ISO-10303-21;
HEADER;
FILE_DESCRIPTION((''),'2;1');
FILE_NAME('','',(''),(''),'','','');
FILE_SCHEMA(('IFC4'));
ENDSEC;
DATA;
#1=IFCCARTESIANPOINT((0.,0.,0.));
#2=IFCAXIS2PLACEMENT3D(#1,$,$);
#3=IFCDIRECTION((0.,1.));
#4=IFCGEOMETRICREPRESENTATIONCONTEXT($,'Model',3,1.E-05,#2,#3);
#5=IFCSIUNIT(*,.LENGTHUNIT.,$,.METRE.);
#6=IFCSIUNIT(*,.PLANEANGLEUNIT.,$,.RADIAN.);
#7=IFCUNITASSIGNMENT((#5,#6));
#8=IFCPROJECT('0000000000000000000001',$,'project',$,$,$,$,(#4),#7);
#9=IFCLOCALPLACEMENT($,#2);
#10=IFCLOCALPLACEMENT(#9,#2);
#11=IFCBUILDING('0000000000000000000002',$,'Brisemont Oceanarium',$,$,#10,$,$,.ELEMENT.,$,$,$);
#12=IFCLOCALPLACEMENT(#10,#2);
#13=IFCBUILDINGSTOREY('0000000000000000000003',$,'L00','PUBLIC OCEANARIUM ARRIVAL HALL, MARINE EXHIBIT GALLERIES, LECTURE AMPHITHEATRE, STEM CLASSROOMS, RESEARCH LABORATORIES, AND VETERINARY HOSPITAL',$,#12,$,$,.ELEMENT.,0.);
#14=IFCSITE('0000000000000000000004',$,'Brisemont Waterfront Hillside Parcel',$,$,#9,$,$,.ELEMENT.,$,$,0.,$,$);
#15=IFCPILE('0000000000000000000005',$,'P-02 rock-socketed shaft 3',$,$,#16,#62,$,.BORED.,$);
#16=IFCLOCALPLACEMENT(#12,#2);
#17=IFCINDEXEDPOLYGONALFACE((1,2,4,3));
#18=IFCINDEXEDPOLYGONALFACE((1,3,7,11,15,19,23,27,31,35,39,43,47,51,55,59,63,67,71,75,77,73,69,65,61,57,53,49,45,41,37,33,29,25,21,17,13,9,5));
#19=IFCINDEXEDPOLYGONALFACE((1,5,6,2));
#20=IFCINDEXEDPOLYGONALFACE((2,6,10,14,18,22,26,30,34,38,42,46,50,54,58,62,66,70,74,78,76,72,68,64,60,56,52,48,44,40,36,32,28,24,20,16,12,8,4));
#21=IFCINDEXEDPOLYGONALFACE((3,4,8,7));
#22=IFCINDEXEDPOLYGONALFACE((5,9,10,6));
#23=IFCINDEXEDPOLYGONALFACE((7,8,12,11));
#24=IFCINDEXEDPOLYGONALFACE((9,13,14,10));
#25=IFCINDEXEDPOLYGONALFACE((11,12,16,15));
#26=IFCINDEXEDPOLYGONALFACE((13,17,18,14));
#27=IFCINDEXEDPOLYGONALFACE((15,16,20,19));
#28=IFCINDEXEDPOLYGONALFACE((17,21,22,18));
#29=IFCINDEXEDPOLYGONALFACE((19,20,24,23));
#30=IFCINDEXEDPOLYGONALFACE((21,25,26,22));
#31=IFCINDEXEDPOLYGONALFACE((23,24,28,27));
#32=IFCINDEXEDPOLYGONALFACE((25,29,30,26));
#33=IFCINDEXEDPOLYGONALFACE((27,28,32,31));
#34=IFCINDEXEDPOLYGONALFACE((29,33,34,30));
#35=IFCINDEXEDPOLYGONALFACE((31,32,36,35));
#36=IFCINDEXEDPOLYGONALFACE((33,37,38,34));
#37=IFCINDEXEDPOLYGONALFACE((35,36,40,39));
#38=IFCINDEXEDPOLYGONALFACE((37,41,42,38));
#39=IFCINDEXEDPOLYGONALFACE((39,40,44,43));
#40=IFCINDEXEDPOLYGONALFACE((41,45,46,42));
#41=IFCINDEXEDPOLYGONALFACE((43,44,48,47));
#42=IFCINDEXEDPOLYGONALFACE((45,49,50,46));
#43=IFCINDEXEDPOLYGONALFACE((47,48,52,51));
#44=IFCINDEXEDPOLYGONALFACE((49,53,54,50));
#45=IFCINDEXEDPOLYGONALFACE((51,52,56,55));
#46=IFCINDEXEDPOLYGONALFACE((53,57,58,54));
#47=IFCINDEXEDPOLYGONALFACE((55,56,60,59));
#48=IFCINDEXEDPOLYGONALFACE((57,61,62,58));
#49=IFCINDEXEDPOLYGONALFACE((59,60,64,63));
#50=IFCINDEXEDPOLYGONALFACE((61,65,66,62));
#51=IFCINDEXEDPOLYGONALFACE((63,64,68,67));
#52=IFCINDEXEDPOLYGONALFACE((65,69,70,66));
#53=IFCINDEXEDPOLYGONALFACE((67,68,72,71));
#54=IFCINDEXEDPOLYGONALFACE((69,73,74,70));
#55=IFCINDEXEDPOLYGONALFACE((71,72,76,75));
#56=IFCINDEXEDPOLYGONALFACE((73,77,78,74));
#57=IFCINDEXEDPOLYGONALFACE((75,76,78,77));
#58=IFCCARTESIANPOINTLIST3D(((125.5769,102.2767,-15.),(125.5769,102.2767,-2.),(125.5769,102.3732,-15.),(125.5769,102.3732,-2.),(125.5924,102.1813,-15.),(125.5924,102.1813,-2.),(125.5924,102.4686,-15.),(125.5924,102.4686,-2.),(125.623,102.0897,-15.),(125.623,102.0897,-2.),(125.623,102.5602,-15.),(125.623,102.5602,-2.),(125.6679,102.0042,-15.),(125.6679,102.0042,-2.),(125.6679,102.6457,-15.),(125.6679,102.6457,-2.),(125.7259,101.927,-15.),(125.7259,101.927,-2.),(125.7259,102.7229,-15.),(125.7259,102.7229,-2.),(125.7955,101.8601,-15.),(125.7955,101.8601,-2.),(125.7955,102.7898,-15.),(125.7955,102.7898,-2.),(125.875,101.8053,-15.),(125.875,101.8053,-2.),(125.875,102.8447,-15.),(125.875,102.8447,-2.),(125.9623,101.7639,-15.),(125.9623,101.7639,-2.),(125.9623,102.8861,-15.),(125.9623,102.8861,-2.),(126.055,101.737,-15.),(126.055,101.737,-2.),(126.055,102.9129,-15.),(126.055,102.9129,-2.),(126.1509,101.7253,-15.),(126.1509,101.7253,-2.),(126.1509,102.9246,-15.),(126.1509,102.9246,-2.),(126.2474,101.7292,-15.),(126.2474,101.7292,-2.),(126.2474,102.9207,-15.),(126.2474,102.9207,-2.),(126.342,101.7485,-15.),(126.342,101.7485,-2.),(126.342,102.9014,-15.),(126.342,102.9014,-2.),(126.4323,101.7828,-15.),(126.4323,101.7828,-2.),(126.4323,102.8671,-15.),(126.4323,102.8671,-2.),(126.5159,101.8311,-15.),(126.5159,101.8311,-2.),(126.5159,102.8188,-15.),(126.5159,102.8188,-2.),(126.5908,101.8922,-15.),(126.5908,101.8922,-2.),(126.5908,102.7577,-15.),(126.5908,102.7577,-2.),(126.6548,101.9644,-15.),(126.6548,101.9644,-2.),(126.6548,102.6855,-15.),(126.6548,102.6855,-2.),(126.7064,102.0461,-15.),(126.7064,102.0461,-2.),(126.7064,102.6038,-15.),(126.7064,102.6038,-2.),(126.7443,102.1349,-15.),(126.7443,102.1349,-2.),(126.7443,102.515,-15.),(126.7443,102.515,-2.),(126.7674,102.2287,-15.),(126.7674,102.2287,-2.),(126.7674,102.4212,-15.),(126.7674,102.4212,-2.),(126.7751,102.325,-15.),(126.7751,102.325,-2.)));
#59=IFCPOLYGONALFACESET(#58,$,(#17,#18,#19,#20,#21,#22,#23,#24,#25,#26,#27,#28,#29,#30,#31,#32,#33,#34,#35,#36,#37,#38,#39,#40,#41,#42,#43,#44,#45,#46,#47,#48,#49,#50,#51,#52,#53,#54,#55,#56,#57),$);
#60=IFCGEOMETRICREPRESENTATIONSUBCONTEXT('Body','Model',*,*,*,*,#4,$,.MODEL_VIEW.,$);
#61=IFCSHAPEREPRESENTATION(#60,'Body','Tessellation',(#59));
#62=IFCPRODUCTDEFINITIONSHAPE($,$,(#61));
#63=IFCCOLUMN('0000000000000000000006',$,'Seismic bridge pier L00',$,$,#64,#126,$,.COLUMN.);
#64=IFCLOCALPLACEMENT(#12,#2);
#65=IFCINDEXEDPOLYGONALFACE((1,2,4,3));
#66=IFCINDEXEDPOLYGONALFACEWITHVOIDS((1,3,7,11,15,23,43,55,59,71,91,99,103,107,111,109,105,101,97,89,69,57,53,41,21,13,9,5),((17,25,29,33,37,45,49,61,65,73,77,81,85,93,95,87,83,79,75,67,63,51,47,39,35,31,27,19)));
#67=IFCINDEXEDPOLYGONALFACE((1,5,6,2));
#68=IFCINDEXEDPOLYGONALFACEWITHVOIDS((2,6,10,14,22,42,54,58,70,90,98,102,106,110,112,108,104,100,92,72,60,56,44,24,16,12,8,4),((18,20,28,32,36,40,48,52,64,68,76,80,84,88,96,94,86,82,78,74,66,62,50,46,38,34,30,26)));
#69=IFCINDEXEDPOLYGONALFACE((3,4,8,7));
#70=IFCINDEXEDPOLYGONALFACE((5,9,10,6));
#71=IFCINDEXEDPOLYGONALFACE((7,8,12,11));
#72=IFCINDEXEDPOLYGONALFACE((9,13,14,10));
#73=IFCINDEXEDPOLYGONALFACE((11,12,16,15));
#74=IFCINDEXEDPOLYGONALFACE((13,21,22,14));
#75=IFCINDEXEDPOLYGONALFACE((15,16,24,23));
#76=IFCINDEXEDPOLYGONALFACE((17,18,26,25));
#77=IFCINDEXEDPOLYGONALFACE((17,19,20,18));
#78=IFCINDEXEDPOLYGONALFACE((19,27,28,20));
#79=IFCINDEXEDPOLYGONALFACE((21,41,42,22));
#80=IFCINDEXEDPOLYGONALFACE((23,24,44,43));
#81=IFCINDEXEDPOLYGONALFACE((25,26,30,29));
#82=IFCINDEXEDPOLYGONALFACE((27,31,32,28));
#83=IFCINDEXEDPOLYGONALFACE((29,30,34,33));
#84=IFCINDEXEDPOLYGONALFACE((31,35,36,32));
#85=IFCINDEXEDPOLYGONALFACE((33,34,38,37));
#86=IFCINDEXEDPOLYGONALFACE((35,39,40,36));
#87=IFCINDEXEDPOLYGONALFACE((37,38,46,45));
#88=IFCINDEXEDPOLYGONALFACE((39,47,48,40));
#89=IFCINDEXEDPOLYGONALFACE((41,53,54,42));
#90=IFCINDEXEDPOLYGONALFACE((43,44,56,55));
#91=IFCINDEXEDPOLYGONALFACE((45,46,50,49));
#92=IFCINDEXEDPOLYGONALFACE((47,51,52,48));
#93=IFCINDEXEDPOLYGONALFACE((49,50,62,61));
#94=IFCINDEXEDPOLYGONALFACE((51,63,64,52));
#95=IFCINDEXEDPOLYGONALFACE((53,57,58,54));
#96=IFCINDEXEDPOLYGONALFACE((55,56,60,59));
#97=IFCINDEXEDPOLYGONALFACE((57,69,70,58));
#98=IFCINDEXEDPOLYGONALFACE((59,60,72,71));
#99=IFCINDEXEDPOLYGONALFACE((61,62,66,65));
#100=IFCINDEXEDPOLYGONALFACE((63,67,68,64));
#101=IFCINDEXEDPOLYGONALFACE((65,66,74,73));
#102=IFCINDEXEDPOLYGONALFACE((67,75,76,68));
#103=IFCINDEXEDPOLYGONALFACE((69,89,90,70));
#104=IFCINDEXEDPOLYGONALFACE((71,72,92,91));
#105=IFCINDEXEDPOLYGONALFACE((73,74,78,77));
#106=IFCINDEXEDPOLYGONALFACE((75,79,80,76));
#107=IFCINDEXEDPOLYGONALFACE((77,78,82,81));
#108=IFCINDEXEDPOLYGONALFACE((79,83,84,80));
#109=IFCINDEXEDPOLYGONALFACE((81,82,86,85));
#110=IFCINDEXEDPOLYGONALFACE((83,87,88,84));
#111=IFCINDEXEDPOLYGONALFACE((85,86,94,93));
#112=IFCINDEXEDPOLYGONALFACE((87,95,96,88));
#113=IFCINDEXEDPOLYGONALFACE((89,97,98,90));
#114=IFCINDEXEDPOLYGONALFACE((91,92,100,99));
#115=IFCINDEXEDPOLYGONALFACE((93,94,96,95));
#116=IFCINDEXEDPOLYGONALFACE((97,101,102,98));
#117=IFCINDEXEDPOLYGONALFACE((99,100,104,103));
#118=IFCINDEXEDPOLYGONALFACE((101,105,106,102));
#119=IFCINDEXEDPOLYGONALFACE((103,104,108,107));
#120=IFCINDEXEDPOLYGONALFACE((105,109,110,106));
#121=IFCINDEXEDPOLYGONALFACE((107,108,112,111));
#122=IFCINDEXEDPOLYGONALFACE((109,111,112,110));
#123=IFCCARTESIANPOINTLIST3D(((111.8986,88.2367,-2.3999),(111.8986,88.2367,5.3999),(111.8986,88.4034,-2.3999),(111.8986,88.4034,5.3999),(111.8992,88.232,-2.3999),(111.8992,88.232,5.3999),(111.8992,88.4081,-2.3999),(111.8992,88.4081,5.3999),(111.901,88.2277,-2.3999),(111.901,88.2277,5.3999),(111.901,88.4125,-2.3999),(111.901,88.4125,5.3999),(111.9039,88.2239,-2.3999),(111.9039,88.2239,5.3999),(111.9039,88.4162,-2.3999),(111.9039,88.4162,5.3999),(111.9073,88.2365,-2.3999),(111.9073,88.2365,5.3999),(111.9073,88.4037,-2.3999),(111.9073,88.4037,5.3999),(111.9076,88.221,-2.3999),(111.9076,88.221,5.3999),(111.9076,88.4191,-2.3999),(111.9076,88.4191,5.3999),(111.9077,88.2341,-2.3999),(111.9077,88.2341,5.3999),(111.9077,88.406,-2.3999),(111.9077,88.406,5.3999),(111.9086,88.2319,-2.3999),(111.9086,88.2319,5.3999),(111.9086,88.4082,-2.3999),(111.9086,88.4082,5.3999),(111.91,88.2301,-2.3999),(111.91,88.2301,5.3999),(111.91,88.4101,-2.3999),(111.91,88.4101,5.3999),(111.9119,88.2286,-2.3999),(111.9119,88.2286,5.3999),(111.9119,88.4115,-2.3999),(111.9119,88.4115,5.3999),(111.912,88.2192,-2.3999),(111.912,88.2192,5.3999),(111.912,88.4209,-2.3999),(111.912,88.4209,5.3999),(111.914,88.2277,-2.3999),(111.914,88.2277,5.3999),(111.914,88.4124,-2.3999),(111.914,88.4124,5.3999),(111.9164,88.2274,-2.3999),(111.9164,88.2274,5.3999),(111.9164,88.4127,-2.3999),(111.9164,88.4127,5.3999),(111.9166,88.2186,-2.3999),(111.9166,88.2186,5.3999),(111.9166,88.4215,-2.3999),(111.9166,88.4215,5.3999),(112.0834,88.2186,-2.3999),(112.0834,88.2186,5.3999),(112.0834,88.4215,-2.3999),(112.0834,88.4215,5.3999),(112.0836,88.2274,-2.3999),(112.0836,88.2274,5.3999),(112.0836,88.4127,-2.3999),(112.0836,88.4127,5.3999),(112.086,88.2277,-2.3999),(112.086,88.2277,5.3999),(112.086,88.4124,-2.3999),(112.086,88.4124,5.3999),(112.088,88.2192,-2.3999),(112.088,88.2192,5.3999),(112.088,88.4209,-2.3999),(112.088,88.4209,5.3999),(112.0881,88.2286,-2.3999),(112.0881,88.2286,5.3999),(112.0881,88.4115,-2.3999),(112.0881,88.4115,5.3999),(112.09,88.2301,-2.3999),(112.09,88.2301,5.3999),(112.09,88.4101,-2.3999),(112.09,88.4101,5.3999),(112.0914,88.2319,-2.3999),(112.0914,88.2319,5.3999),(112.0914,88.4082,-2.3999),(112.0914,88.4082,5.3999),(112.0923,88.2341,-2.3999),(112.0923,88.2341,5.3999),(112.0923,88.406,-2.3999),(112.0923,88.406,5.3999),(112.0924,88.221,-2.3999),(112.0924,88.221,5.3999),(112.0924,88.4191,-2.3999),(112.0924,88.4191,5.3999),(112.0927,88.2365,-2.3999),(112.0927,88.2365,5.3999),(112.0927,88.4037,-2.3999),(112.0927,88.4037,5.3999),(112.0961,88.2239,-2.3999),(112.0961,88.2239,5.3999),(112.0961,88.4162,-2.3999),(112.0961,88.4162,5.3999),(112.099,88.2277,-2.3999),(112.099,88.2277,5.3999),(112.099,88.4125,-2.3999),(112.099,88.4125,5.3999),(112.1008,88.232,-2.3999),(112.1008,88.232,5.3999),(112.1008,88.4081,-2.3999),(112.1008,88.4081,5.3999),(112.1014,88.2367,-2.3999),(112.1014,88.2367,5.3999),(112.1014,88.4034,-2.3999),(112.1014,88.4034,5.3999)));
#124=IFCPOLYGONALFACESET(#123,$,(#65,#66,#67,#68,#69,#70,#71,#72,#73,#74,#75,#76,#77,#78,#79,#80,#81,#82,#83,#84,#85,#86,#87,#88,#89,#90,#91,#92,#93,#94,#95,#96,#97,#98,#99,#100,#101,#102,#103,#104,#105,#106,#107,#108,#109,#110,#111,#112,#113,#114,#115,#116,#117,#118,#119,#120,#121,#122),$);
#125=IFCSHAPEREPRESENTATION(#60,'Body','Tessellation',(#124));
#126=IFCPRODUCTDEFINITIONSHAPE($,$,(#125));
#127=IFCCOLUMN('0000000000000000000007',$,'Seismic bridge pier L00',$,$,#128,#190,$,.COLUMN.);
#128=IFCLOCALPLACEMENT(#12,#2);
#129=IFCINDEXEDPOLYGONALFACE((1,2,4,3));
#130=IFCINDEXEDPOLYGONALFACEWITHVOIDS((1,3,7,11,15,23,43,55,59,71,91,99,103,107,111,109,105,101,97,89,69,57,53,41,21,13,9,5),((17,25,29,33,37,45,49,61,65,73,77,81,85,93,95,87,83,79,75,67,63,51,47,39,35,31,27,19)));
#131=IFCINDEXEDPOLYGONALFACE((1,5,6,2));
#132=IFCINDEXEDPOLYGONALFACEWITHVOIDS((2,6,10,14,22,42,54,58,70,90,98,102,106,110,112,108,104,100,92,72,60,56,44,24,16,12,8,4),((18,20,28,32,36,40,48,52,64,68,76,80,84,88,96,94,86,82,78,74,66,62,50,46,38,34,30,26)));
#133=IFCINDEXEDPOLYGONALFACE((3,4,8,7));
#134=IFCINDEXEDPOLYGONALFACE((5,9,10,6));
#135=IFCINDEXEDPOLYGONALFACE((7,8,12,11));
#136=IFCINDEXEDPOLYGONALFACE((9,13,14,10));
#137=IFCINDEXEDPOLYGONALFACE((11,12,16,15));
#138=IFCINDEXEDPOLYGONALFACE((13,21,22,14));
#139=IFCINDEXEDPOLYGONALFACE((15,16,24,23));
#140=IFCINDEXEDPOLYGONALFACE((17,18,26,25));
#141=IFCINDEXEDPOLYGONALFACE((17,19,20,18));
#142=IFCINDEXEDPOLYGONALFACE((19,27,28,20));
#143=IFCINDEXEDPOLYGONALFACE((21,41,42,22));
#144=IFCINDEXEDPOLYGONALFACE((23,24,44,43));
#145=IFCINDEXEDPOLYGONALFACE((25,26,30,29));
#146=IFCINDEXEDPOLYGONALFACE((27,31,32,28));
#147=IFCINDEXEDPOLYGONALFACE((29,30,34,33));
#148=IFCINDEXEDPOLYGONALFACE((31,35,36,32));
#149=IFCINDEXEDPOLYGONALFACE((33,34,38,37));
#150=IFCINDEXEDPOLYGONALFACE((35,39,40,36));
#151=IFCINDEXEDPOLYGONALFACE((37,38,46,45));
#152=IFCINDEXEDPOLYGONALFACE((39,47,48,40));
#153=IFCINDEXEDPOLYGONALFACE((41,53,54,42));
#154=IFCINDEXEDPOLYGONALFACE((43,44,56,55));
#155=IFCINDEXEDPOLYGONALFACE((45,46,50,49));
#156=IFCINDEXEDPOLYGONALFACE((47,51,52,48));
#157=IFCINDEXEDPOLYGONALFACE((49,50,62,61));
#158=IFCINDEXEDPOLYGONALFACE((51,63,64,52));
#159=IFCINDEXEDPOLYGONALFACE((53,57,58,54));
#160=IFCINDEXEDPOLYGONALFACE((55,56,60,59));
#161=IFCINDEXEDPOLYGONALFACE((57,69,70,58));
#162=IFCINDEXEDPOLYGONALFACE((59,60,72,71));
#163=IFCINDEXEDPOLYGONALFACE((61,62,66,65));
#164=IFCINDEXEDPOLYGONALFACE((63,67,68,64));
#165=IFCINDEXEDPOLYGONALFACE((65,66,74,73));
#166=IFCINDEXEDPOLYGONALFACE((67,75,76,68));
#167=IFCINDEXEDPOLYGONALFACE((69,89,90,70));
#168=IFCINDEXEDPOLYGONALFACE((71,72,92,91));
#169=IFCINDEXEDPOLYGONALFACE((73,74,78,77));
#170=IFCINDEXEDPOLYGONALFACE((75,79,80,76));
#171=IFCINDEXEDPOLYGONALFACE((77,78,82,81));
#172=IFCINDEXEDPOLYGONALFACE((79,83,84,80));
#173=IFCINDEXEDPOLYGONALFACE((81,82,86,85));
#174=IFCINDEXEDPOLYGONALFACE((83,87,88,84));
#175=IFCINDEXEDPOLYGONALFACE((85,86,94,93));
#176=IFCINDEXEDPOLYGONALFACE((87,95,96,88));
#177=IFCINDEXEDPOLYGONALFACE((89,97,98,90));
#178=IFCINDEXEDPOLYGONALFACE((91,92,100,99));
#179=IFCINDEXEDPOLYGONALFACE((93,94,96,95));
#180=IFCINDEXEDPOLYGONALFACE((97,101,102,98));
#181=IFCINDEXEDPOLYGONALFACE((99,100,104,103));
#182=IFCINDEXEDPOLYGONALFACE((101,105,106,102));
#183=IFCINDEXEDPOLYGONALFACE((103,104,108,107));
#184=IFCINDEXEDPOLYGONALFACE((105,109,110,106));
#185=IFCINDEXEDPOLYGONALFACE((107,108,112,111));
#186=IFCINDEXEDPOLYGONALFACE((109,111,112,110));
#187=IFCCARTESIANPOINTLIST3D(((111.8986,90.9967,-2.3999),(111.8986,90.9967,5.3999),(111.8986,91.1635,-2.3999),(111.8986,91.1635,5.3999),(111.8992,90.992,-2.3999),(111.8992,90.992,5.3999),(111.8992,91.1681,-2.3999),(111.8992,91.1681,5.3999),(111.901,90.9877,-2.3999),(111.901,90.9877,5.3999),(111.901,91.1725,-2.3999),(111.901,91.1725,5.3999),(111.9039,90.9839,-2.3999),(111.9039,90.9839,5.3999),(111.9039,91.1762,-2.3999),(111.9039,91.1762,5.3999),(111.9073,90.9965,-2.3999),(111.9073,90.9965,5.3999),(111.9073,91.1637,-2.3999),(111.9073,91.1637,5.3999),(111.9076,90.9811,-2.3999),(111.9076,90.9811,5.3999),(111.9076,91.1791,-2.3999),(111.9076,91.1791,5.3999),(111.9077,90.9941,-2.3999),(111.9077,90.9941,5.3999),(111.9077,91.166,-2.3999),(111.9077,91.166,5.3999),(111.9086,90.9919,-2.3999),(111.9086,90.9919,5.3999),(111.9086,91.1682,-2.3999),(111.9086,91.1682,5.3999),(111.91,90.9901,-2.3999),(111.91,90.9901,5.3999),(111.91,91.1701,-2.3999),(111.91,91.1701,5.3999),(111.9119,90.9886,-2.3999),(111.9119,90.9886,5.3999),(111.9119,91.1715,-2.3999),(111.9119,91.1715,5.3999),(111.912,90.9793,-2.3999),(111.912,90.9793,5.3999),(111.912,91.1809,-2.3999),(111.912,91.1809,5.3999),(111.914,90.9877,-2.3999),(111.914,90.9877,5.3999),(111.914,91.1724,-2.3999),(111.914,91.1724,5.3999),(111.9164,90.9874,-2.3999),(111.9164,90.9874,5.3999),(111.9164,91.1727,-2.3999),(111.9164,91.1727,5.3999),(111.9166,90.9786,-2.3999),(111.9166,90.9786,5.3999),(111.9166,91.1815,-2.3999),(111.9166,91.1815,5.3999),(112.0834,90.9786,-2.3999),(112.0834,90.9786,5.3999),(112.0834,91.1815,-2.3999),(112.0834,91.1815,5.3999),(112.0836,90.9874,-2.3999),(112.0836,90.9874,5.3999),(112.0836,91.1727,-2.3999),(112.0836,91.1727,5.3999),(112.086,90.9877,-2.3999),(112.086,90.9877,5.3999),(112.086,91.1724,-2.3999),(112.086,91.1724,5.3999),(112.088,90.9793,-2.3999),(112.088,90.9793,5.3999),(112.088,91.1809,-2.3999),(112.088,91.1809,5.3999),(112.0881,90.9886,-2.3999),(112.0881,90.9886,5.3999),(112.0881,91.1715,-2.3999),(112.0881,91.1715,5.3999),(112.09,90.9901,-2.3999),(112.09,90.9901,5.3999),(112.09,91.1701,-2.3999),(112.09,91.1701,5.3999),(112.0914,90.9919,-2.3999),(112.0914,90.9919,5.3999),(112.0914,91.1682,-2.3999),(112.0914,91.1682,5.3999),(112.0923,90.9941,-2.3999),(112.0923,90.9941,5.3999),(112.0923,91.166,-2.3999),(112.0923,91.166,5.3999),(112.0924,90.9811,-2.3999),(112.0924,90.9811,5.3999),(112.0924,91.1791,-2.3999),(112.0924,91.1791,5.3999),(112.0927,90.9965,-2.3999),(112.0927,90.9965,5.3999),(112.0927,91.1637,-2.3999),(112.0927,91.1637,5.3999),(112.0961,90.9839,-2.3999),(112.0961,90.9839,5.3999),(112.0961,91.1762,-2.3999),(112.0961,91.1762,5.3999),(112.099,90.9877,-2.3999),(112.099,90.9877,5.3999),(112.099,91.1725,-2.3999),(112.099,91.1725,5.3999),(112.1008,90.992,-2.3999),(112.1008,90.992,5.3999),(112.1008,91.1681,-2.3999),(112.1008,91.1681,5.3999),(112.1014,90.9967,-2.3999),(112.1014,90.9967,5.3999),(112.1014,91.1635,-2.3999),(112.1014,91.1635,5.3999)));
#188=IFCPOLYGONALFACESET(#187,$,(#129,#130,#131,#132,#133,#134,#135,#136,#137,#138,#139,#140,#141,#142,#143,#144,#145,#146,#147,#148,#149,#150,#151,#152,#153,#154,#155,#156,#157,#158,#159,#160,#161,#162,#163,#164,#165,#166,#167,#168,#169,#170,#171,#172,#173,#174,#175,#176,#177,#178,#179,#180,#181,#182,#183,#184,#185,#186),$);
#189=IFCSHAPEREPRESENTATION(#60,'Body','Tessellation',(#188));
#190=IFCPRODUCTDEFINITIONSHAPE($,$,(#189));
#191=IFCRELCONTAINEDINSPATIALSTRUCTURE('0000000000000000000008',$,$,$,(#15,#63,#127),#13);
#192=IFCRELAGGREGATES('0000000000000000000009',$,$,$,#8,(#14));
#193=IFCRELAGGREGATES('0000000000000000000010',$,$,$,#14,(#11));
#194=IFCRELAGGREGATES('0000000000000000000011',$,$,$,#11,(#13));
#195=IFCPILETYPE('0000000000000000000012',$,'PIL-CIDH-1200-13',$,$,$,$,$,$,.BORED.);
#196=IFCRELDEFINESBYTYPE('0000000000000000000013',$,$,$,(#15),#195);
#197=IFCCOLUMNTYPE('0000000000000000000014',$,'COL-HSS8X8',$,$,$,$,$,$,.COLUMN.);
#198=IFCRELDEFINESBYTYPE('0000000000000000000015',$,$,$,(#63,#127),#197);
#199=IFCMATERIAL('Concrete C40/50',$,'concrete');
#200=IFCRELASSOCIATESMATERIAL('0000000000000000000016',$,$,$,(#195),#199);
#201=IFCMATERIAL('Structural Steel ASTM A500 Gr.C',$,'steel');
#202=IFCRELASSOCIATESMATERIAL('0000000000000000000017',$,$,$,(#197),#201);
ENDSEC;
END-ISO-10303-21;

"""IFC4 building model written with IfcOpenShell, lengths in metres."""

from ifc_helpers import new_model, si_unit, direction, frame, origin, origin_2d, place, context, subcontext, project, spatial, hollow_rectangle, circle, extrude, material, material_profile, profile_set, type_object, element, save


model = new_model("IFC4")

# Units and contexts
model_context = context("Model", 3, precision=1e-05, world=origin(), true_north=direction((0.0, 1.0)))
body_context = subcontext(model_context, "Body", "Model", "MODEL_VIEW")
ifc_project = project(units=[si_unit("LENGTHUNIT", "METRE"), si_unit("PLANEANGLEUNIT", "RADIAN")], contexts=[model_context])

# Site, building, storey
site_placement = place(None, origin())
site = spatial("IfcSite", under=ifc_project, at=site_placement, Name="Brisemont Waterfront Hillside Parcel", CompositionType="ELEMENT", RefElevation=0.0)
building_placement = place(site_placement, origin())
building = spatial("IfcBuilding", under=site, at=building_placement, Name="Brisemont Oceanarium", CompositionType="ELEMENT")
storey_placement = place(building_placement, origin())
storey = spatial("IfcBuildingStorey", under=building, at=storey_placement, Name="L00", Description="PUBLIC OCEANARIUM ARRIVAL HALL, MARINE EXHIBIT GALLERIES, LECTURE AMPHITHEATRE, STEM CLASSROOMS, RESEARCH LABORATORIES, AND VETERINARY HOSPITAL", CompositionType="ELEMENT", Elevation=0.0)

# Pile
ifc_material_1 = material(Name="Concrete C40/50", Category="concrete")
ifc_material_profile_1 = material_profile(ifc_material_1, circle(Radius=0.6001, at=origin_2d()), Name="CIDH-D1200")
ifc_profile_set_1 = profile_set([ifc_material_profile_1], Name="Concrete C40/50")
pile_type_1 = type_object("IfcPileType", Name="PIL-CIDH-1200-13", PredefinedType="BORED", material=ifc_profile_set_1)
for number, where, z_axis, x_axis, name in (
    (1, (126.175, 102.325, -2.0), (0.0, 0.0, -1.0), (1.0, 0.0, 0.0), "P-02 rock-socketed shaft 3"),
):
    element("IfcPile", number, at=place(storey_placement, frame(where, z_axis=z_axis, x_axis=x_axis)), inside=storey, type_object=pile_type_1, Name=name, PredefinedType="BORED", context=body_context, shape_type="SweptSolid", body=[
        extrude(circle(Radius=0.6001, at=origin_2d()), origin(), (0.0, 0.0, 1.0), 13.0),
    ])

# Columns
ifc_material_2 = material(Name="Structural Steel ASTM A500 Gr.C", Category="steel")
ifc_material_profile_2 = material_profile(ifc_material_2, hollow_rectangle(XDim=0.2029, YDim=0.2029, WallThickness=0.0088, InnerFilletRadius=0.009, OuterFilletRadius=0.0181, at=origin_2d()), Name="HSS8X8X3/8")
ifc_profile_set_2 = profile_set([ifc_material_profile_2], Name="Structural Steel ASTM A500 Gr.C")
column_type_1 = type_object("IfcColumnType", Name="COL-HSS8X8", PredefinedType="COLUMN", material=ifc_profile_set_2)
for number, where, z_axis, x_axis, name in (
    (2, (112.0, 88.3201, -2.3999), (0.0, 0.0, 1.0), (1.0, 0.0, 0.0), "Seismic bridge pier L00"),
    (3, (112.0, 91.0801, -2.3999), (0.0, 0.0, 1.0), (1.0, 0.0, 0.0), "Seismic bridge pier L00"),
):
    element("IfcColumn", number, at=place(storey_placement, frame(where, z_axis=z_axis, x_axis=x_axis)), inside=storey, type_object=column_type_1, Name=name, PredefinedType="COLUMN", context=body_context, shape_type="SweptSolid", body=[
        extrude(hollow_rectangle(XDim=0.2029, YDim=0.2029, WallThickness=0.0088, InnerFilletRadius=0.009, OuterFilletRadius=0.0181, at=origin_2d()), origin(), (0.0, 0.0, 1.0), 7.7998),
    ])

save(model, "model.ifc")
